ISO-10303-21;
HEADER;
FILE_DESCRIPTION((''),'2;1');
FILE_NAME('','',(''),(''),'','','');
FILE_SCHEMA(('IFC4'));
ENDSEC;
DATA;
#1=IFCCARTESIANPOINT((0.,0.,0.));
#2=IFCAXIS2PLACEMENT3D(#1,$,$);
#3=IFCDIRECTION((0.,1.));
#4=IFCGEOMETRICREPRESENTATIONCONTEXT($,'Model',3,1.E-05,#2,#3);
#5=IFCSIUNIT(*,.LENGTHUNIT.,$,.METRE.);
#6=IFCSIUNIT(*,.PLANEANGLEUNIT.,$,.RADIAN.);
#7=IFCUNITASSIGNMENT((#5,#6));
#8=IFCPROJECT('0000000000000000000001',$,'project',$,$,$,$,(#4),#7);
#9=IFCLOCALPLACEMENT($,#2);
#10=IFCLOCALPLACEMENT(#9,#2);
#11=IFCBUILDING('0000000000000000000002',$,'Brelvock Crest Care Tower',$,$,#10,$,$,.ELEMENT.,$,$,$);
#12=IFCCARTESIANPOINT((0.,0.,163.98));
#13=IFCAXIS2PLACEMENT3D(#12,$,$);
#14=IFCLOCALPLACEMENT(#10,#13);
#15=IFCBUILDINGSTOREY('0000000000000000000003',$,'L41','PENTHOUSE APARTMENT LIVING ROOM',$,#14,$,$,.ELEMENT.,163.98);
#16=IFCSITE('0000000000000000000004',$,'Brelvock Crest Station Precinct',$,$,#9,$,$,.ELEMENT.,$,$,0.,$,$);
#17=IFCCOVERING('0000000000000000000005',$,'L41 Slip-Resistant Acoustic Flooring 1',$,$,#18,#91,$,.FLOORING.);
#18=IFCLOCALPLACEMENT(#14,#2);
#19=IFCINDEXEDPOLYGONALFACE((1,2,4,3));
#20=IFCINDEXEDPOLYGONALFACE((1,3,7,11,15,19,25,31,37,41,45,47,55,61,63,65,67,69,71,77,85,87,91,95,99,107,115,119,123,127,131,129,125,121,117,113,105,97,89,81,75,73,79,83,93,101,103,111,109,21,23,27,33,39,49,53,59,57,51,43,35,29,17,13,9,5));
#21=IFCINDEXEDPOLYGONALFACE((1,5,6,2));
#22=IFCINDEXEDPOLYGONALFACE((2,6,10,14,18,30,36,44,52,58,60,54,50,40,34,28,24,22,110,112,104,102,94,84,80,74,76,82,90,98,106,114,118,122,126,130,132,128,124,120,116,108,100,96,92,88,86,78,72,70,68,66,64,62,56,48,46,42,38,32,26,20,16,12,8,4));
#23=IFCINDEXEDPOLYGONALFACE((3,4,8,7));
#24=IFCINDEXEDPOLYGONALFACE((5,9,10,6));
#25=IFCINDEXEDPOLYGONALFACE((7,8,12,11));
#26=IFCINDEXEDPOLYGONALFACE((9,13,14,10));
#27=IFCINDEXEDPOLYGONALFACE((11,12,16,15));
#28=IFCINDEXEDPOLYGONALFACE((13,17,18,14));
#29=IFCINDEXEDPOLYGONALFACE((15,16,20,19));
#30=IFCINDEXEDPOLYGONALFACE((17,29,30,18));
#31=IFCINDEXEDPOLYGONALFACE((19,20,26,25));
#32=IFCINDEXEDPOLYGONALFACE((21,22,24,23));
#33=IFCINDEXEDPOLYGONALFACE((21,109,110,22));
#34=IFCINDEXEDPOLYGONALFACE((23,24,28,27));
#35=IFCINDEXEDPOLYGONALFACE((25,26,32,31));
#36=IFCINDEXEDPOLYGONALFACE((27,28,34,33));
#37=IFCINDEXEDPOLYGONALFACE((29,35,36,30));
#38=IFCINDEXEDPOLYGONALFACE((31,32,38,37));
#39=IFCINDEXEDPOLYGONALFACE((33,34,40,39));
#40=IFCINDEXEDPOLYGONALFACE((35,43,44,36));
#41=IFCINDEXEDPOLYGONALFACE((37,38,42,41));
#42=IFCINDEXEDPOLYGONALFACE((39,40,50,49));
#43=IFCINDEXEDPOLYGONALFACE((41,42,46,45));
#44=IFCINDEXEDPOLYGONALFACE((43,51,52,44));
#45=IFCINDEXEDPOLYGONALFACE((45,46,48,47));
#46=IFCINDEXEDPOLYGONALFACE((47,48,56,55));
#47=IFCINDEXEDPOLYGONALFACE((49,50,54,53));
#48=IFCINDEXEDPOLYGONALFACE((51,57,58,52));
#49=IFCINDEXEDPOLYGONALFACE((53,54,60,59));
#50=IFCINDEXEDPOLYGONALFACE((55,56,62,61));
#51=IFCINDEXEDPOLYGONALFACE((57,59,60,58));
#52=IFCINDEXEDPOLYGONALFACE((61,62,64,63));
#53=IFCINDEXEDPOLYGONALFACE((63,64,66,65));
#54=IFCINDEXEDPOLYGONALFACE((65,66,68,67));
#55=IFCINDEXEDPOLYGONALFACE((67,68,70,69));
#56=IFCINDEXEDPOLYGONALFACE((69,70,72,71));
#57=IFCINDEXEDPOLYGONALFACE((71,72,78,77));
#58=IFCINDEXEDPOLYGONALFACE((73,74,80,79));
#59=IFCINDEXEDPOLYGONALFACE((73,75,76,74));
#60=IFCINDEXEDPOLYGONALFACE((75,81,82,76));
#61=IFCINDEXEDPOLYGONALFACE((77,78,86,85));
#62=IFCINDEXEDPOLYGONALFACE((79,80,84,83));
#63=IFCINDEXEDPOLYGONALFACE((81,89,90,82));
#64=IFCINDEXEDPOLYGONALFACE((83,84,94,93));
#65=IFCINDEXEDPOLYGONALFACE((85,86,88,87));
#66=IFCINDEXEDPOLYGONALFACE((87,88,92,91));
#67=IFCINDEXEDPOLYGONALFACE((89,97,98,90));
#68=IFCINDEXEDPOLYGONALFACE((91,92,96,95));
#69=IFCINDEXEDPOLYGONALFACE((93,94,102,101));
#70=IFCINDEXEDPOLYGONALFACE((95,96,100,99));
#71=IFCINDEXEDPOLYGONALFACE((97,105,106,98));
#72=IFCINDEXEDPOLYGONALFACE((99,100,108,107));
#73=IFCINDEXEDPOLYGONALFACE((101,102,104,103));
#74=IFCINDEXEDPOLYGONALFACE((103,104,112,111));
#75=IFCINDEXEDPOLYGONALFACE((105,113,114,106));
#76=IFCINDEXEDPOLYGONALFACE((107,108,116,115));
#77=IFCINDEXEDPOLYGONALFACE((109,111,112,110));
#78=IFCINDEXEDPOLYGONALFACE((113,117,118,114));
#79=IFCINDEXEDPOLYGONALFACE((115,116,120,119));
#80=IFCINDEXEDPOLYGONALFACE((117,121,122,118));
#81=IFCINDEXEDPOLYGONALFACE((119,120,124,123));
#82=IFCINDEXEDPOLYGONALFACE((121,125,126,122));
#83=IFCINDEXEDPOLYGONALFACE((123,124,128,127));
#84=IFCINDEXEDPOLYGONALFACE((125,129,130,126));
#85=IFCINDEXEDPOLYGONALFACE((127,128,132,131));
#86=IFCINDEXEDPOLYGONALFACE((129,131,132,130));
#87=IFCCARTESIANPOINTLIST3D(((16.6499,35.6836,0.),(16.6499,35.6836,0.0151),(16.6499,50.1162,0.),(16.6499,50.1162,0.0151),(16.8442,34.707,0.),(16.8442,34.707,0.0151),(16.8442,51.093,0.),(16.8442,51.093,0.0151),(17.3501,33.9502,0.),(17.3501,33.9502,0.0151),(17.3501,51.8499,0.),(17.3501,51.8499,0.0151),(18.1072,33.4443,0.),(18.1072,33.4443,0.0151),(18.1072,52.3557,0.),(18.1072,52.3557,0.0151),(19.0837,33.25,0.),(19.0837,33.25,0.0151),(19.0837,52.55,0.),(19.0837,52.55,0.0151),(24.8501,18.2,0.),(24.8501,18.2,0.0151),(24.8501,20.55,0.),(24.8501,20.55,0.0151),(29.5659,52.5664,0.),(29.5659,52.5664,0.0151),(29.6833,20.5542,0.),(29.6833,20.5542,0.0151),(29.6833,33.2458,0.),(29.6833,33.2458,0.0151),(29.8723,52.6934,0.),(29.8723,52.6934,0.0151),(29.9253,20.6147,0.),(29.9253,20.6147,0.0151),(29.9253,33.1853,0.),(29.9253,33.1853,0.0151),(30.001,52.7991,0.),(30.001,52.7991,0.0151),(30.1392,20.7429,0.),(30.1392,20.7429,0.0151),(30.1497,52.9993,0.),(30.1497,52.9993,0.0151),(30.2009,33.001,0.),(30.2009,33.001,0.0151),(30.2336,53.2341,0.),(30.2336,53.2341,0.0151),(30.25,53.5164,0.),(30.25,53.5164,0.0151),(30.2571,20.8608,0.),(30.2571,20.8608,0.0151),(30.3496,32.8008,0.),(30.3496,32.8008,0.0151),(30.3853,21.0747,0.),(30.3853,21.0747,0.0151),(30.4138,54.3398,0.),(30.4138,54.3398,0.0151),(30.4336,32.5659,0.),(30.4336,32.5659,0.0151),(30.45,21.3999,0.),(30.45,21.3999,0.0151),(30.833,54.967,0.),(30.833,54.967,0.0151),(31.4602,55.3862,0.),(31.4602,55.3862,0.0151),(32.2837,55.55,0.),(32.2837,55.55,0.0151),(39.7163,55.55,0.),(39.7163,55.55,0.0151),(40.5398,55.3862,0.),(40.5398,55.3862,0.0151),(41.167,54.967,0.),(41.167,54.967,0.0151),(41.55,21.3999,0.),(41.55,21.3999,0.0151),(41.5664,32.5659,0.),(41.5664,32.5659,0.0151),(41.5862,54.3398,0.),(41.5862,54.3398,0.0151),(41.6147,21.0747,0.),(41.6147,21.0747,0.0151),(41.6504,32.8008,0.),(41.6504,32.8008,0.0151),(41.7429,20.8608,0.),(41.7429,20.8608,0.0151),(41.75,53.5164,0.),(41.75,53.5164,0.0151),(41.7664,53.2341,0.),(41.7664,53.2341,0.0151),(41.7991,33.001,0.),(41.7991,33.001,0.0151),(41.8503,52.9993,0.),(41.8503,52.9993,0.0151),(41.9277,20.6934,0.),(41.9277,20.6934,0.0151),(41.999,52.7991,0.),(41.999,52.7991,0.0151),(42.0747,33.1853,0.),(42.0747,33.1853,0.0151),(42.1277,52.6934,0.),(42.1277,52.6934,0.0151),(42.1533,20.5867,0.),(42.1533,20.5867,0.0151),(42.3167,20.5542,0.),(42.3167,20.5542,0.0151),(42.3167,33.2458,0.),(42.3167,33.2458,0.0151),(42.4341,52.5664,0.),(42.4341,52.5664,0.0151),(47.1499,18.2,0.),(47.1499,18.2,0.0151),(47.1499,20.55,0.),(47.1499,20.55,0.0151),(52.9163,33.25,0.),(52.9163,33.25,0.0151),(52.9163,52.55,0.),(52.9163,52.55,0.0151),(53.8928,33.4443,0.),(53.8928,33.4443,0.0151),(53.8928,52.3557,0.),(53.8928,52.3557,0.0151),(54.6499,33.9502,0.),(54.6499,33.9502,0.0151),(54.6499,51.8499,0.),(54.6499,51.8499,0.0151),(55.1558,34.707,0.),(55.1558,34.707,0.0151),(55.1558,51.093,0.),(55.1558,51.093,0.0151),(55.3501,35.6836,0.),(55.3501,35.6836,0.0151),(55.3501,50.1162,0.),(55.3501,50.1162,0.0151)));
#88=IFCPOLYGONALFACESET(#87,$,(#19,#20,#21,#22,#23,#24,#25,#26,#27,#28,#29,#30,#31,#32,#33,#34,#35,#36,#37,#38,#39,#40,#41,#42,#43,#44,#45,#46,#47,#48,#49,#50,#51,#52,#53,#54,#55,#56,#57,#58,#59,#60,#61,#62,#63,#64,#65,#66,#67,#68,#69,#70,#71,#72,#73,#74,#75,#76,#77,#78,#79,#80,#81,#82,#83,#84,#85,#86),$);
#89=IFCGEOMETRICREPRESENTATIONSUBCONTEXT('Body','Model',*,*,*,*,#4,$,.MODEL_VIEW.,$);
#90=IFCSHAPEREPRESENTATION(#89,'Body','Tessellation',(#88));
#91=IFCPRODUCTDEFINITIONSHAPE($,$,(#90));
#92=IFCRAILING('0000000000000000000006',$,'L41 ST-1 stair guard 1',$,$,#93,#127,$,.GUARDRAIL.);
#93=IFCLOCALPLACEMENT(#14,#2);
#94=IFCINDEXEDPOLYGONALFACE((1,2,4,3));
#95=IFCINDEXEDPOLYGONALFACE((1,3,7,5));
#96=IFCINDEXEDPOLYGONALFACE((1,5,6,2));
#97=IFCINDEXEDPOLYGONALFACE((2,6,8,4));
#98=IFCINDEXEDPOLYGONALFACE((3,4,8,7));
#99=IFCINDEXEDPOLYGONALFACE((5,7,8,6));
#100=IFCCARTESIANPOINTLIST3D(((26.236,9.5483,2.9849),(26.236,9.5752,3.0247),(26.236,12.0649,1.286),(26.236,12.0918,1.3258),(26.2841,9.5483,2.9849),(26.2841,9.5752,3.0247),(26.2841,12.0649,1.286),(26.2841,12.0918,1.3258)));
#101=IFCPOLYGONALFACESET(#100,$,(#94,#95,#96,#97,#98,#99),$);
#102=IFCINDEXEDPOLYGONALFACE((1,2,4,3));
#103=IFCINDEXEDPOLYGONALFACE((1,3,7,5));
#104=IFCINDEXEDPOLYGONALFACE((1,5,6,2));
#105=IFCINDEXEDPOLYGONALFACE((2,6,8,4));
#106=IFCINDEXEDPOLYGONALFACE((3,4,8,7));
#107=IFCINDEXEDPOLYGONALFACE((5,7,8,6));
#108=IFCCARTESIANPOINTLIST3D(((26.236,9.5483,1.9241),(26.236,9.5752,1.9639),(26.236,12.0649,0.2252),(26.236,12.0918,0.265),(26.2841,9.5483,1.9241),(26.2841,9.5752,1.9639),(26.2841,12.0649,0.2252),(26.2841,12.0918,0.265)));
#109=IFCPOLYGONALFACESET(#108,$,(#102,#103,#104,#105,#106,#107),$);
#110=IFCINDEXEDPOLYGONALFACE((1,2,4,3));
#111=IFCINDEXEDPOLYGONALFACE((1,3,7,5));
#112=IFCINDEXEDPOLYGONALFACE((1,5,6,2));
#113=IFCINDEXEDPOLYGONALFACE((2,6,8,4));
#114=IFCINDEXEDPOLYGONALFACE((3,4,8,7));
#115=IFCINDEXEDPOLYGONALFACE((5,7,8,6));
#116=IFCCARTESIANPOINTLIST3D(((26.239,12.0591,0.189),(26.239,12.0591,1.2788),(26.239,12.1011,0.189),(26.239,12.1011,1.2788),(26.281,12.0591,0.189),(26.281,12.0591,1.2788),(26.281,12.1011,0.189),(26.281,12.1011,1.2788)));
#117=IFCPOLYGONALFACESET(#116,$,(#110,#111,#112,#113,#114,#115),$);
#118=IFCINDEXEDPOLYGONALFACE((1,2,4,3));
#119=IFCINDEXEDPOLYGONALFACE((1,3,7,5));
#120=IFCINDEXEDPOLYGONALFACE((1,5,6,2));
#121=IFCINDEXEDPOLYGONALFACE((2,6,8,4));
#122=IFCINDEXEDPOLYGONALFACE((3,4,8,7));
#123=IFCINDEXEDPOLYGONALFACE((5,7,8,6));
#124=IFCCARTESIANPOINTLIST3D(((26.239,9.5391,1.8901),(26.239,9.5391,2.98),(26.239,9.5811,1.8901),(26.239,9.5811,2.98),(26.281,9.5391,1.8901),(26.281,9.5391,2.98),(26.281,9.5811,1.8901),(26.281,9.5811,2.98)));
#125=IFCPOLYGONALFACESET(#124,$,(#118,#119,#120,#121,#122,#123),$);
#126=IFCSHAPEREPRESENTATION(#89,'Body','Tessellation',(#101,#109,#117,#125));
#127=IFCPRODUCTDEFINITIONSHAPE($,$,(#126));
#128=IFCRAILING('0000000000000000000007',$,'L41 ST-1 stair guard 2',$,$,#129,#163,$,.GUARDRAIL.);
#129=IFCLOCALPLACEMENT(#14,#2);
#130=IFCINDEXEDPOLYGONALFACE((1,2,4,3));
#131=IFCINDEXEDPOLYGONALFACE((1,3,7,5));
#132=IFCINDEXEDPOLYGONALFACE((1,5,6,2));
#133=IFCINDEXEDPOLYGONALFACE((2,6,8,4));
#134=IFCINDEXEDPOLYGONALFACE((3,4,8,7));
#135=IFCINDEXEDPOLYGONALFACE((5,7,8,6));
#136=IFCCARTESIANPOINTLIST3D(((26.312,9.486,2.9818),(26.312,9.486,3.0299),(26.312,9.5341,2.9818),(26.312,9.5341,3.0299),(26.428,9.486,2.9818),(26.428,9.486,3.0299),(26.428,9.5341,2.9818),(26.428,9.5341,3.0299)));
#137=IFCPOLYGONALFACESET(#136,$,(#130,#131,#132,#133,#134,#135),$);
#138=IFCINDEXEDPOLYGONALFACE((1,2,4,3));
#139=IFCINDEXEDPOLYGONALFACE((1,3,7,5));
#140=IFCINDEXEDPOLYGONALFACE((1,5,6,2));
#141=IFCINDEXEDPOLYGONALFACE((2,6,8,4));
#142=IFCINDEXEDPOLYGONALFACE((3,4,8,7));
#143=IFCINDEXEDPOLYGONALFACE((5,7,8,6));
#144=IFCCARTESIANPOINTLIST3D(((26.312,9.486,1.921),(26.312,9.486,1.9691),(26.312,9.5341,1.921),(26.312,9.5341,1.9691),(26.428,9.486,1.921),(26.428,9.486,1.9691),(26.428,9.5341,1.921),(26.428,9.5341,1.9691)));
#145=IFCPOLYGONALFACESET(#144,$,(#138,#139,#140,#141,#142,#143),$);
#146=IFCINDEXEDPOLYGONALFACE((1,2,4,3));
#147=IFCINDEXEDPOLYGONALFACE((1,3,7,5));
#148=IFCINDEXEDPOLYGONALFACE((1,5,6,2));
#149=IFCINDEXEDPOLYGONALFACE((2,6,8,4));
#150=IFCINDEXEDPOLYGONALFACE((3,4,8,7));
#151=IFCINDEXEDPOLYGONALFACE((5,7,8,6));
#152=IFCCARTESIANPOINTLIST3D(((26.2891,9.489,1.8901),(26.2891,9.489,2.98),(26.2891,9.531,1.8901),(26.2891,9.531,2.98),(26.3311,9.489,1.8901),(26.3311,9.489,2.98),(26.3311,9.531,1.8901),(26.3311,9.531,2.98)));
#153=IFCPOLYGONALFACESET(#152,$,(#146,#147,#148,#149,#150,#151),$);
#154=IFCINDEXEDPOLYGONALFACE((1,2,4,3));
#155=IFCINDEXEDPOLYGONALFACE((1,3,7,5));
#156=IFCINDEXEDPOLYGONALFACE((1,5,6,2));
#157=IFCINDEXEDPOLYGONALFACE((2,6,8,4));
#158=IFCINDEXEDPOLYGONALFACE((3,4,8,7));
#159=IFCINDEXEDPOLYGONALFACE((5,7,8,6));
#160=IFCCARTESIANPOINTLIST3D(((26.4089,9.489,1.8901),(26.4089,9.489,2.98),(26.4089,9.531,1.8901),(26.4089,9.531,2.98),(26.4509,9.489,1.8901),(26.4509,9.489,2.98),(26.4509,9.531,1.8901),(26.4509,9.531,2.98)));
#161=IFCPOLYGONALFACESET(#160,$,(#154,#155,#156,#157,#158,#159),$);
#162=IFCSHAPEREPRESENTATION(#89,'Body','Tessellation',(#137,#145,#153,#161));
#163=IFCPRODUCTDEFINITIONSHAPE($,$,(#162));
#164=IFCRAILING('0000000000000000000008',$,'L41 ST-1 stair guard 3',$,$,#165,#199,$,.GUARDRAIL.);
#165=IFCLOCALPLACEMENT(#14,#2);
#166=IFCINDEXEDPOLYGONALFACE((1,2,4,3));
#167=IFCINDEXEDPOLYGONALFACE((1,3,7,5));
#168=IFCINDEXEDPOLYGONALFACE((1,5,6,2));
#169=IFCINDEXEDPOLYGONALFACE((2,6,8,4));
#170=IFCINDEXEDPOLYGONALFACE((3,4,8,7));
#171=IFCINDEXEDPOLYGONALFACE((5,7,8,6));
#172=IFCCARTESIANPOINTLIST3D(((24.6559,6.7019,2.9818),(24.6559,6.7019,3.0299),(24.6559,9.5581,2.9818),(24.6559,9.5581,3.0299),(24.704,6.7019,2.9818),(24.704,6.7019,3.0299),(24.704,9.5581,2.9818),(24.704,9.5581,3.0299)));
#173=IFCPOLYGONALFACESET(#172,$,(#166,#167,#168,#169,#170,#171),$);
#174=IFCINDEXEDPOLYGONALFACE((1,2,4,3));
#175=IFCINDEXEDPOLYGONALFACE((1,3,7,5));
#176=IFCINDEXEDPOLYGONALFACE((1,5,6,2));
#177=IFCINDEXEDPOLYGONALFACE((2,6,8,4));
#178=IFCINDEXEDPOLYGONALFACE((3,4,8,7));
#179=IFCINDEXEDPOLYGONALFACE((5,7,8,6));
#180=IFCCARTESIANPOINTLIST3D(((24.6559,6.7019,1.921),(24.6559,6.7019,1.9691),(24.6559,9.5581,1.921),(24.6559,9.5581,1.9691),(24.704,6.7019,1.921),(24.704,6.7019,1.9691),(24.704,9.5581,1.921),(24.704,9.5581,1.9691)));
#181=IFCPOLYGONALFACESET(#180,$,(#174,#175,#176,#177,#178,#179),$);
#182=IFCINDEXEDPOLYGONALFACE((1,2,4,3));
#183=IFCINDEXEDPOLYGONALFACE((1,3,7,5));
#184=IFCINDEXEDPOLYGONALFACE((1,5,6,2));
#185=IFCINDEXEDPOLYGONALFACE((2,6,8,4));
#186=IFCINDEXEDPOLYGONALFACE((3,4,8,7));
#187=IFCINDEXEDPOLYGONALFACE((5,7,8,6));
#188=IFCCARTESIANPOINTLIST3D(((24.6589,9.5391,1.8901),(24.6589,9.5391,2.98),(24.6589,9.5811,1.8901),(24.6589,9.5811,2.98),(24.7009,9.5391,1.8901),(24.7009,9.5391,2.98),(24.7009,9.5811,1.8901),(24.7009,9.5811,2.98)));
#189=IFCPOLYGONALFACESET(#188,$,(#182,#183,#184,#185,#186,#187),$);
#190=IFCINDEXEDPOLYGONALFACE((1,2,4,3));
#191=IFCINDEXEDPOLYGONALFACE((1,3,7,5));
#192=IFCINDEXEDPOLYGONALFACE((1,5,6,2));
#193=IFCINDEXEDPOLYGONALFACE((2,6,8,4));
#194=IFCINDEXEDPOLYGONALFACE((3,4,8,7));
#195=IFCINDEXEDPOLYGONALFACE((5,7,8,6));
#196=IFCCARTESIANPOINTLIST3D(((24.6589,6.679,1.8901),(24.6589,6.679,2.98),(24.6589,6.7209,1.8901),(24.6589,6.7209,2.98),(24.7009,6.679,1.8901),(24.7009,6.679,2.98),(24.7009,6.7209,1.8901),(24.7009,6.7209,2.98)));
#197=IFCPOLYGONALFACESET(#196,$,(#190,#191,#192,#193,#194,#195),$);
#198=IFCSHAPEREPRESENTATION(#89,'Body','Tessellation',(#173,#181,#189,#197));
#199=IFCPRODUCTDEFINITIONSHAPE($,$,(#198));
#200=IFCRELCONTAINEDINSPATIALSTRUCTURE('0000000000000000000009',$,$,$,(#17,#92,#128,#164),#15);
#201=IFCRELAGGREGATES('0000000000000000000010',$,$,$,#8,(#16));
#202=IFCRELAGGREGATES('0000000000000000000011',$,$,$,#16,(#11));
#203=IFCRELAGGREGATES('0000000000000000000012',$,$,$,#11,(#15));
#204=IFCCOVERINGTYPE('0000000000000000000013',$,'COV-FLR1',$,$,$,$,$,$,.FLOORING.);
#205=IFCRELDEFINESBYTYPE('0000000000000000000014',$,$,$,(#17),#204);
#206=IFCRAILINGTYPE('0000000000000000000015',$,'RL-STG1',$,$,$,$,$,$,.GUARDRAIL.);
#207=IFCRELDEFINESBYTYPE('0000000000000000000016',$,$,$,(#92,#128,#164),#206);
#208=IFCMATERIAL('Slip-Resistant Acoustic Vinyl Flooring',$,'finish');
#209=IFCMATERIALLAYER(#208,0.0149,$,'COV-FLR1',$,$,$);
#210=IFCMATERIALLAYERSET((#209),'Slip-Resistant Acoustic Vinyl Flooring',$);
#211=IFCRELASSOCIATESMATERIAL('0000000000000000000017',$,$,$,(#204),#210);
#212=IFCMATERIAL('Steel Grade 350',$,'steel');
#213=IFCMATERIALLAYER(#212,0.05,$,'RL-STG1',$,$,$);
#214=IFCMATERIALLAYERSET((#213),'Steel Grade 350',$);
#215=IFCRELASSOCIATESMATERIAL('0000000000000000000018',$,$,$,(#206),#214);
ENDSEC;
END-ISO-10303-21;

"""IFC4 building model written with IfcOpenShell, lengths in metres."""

from ifc_helpers import new_model, si_unit, direction, frame, origin, origin_2d, place, context, subcontext, project, spatial, polyline, rectangle, outline, extrude, material, layer, layer_set, type_object, element, save


model = new_model("IFC4")

# Units and contexts
model_context = context("Model", 3, precision=1e-05, world=origin(), true_north=direction((0.0, 1.0)))
body_context = subcontext(model_context, "Body", "Model", "MODEL_VIEW")
ifc_project = project(units=[si_unit("LENGTHUNIT", "METRE"), si_unit("PLANEANGLEUNIT", "RADIAN")], contexts=[model_context])

# Site, building, storey
site_placement = place(None, origin())
site = spatial("IfcSite", under=ifc_project, at=site_placement, Name="Brelvock Crest Station Precinct", CompositionType="ELEMENT", RefElevation=0.0)
building_placement = place(site_placement, origin())
building = spatial("IfcBuilding", under=site, at=building_placement, Name="Brelvock Crest Care Tower", CompositionType="ELEMENT")
storey_placement = place(building_placement, frame((0.0, 0.0, 163.98)))
storey = spatial("IfcBuildingStorey", under=building, at=storey_placement, Name="L41", Description="PENTHOUSE APARTMENT LIVING ROOM", CompositionType="ELEMENT", Elevation=163.98)

# Shared definitions
ifc_material_1 = material(Name="Steel Grade 350", Category="steel")

# Covering
ifc_material_2 = material(Name="Slip-Resistant Acoustic Vinyl Flooring", Category="finish")
ifc_layer_1 = layer(ifc_material_2, 0.0149, Name="COV-FLR1")
ifc_layer_set_1 = layer_set([ifc_layer_1], Name="Slip-Resistant Acoustic Vinyl Flooring")
covering_type_1 = type_object("IfcCoveringType", Name="COV-FLR1", PredefinedType="FLOORING", material=ifc_layer_set_1)
covering_1_placement = place(storey_placement, origin())
element("IfcCovering", 1, at=covering_1_placement, inside=storey, type_object=covering_type_1, Name="L41 Slip-Resistant Acoustic Flooring 1", PredefinedType="FLOORING", context=body_context, shape_type="SweptSolid", body=[
    extrude(outline(polyline([(24.8501, 18.2), (47.1499, 18.2), (47.1499, 20.55), (42.3167, 20.5542), (42.1533, 20.5867), (41.9277, 20.6934), (41.7429, 20.8608), (41.6147, 21.0747), (41.55, 21.3999), (41.5664, 32.5659), (41.6504, 32.8008), (41.7991, 33.001), (42.0747, 33.1853), (42.3167, 33.2458), (52.9163, 33.25), (53.8928, 33.4443), (54.6499, 33.9502), (55.1558, 34.707), (55.3501, 35.6836), (55.3501, 50.1162), (55.1558, 51.093), (54.6499, 51.8499), (53.8928, 52.3557), (52.9163, 52.55), (42.4341, 52.5664), (42.1277, 52.6934), (41.999, 52.7991), (41.8503, 52.9993), (41.7664, 53.2341), (41.75, 53.5164), (41.5862, 54.3398), (41.167, 54.967), (40.5398, 55.3862), (39.7163, 55.55), (32.2837, 55.55), (31.4602, 55.3862), (30.833, 54.967), (30.4138, 54.3398), (30.25, 53.5164), (30.2336, 53.2341), (30.1497, 52.9993), (30.001, 52.7991), (29.8723, 52.6934), (29.5659, 52.5664), (19.0837, 52.55), (18.1072, 52.3557), (17.3501, 51.8499), (16.8442, 51.093), (16.6499, 50.1162), (16.6499, 35.6836), (16.8442, 34.707), (17.3501, 33.9502), (18.1072, 33.4443), (19.0837, 33.25), (29.6833, 33.2458), (29.9253, 33.1853), (30.2009, 33.001), (30.3496, 32.8008), (30.4336, 32.5659), (30.45, 21.3999), (30.3853, 21.0747), (30.2571, 20.8608), (30.1392, 20.7429), (29.9253, 20.6147), (29.6833, 20.5542), (24.8501, 20.55), (24.8501, 18.2)])), origin(), (0.0, 0.0, 1.0), 0.0151),
])

# Railings
ifc_layer_2 = layer(ifc_material_1, 0.05, Name="RL-STG1")
ifc_layer_set_2 = layer_set([ifc_layer_2], Name="Steel Grade 350")
railing_type_1 = type_object("IfcRailingType", Name="RL-STG1", PredefinedType="GUARDRAIL", material=ifc_layer_set_2)
railing_1_placement = place(storey_placement, frame((26.26, 12.0801, 0.189)))
element("IfcRailing", 2, at=railing_1_placement, inside=storey, type_object=railing_type_1, Name="L41 ST-1 stair guard 1", PredefinedType="GUARDRAIL", context=body_context, shape_type="SweptSolid", body=[
    extrude(rectangle(XDim=0.0481, YDim=0.0481, at=origin_2d()), frame((0.0, -0.0017, 1.1169), z_axis=(0.0, -0.828824, 0.559509), x_axis=(1.0, 0.0, 0.0)), (0.0, 0.0, 1.0), 3.0364),
    extrude(rectangle(XDim=0.0481, YDim=0.0481, at=origin_2d()), frame((0.0, -0.0017, 0.0562), z_axis=(0.0, -0.828824, 0.559509), x_axis=(1.0, 0.0, 0.0)), (0.0, 0.0, 1.0), 3.0364),
    extrude(rectangle(XDim=0.042, YDim=0.042, at=origin_2d()), origin(), (0.0, 0.0, 1.0), 1.0898),
    extrude(rectangle(XDim=0.042, YDim=0.042, at=origin_2d()), frame((0.0, -2.52, 1.7012)), (0.0, 0.0, 1.0), 1.0898),
])
railing_2_placement = place(storey_placement, frame((26.3101, 9.51, 1.8901)))
element("IfcRailing", 3, at=railing_2_placement, inside=storey, type_object=railing_type_1, Name="L41 ST-1 stair guard 2", PredefinedType="GUARDRAIL", context=body_context, shape_type="SweptSolid", body=[
    extrude(rectangle(XDim=0.0481, YDim=0.0481, at=origin_2d()), frame((0.002, 0.0, 1.1157), z_axis=(1.0, 0.0, 0.0), x_axis=(0.0, 1.0, 0.0)), (0.0, 0.0, 1.0), 0.116),
    extrude(rectangle(XDim=0.0481, YDim=0.0481, at=origin_2d()), frame((0.002, 0.0, 0.0549), z_axis=(1.0, 0.0, 0.0), x_axis=(0.0, 1.0, 0.0)), (0.0, 0.0, 1.0), 0.116),
    extrude(rectangle(XDim=0.042, YDim=0.042, at=origin_2d()), origin(), (0.0, 0.0, 1.0), 1.0898),
    extrude(rectangle(XDim=0.042, YDim=0.042, at=origin_2d()), frame((0.1199, 0.0, 0.0)), (0.0, 0.0, 1.0), 1.0898),
])
railing_3_placement = place(storey_placement, frame((24.6799, 9.5601, 1.8901)))
element("IfcRailing", 4, at=railing_3_placement, inside=storey, type_object=railing_type_1, Name="L41 ST-1 stair guard 3", PredefinedType="GUARDRAIL", context=body_context, shape_type="SweptSolid", body=[
    extrude(rectangle(XDim=0.0481, YDim=0.0481, at=origin_2d()), frame((0.0, -0.002, 1.1157), z_axis=(0.0, -1.0, 0.0), x_axis=(1.0, 0.0, 0.0)), (0.0, 0.0, 1.0), 2.8562),
    extrude(rectangle(XDim=0.0481, YDim=0.0481, at=origin_2d()), frame((0.0, -0.002, 0.0549), z_axis=(0.0, -1.0, 0.0), x_axis=(1.0, 0.0, 0.0)), (0.0, 0.0, 1.0), 2.8562),
    extrude(rectangle(XDim=0.042, YDim=0.042, at=origin_2d()), origin(), (0.0, 0.0, 1.0), 1.0898),
    extrude(rectangle(XDim=0.042, YDim=0.042, at=origin_2d()), frame((0.0, -2.8601, 0.0)), (0.0, 0.0, 1.0), 1.0898),
])

save(model, "model.ifc")
